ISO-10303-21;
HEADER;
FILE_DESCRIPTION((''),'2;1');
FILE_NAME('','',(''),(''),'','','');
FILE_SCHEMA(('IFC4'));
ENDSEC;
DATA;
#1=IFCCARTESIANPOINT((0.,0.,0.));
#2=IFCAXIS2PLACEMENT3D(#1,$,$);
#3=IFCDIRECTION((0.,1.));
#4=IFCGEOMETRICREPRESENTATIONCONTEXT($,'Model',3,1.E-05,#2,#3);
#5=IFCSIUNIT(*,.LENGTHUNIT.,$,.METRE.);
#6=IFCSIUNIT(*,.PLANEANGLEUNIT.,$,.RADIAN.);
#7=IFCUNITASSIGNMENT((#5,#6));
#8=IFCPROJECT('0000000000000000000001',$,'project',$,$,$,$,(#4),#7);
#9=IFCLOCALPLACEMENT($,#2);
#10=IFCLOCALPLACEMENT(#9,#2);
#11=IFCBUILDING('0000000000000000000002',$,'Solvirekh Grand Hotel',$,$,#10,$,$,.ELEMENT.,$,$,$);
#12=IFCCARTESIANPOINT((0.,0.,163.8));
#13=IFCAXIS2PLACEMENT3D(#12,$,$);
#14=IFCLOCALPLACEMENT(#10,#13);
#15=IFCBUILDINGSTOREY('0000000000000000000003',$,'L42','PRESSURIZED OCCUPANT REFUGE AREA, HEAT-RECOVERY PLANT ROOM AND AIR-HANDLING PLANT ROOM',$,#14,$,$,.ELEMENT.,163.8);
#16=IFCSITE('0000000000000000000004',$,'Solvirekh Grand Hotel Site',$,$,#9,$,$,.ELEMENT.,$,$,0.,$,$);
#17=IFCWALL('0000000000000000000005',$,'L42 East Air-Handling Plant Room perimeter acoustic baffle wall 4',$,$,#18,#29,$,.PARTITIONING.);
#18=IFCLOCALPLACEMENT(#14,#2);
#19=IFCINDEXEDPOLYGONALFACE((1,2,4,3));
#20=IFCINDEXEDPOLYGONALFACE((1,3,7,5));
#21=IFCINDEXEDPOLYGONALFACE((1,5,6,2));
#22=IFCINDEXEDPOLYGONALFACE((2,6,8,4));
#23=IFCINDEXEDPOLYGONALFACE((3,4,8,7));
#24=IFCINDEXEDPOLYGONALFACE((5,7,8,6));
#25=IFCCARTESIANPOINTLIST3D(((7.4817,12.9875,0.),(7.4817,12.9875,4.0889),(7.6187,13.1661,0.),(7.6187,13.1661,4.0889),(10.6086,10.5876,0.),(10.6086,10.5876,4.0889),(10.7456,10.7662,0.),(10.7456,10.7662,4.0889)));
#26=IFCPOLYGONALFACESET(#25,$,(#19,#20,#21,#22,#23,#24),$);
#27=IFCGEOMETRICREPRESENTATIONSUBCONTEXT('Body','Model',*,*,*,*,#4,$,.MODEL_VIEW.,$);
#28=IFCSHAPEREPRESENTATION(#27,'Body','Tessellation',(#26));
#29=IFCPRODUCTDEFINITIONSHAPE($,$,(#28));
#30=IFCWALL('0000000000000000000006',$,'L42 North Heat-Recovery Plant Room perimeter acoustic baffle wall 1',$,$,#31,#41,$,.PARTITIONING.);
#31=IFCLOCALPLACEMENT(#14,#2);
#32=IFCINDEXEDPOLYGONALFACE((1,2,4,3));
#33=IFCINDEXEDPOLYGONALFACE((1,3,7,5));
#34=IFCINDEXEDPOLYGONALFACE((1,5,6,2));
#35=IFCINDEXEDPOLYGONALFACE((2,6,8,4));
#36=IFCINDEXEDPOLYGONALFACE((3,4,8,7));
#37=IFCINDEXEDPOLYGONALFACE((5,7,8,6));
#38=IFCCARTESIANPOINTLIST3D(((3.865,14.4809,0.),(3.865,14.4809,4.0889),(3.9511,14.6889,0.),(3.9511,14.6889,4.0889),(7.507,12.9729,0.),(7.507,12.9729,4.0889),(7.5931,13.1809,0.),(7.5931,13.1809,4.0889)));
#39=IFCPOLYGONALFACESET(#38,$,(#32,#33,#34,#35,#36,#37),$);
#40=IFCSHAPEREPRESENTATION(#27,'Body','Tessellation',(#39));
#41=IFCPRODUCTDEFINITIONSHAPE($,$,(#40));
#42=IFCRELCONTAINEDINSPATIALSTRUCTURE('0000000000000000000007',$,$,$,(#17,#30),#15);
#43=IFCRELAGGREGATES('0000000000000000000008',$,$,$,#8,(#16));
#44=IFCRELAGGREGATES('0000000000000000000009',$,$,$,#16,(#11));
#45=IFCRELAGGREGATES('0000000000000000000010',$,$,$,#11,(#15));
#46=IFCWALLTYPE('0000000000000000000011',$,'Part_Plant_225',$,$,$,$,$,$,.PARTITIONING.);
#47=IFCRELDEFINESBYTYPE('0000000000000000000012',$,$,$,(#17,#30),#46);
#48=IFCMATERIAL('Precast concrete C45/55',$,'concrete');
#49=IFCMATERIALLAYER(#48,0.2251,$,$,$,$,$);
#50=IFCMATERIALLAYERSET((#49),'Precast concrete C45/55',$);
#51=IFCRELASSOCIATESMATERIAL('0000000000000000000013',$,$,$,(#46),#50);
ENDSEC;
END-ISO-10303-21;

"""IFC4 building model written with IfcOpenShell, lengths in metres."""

from ifc_helpers import new_model, si_unit, direction, frame, frame_2d, origin, place, context, subcontext, project, spatial, rectangle, extrude, material, layer, layer_set, type_object, element, save


model = new_model("IFC4")

# Units and contexts
model_context = context("Model", 3, precision=1e-05, world=origin(), true_north=direction((0.0, 1.0)))
body_context = subcontext(model_context, "Body", "Model", "MODEL_VIEW")
ifc_project = project(units=[si_unit("LENGTHUNIT", "METRE"), si_unit("PLANEANGLEUNIT", "RADIAN")], contexts=[model_context])

# Site, building, storey
site_placement = place(None, origin())
site = spatial("IfcSite", under=ifc_project, at=site_placement, Name="Solvirekh Grand Hotel Site", CompositionType="ELEMENT", RefElevation=0.0)
building_placement = place(site_placement, origin())
building = spatial("IfcBuilding", under=site, at=building_placement, Name="Solvirekh Grand Hotel", CompositionType="ELEMENT")
storey_placement = place(building_placement, frame((0.0, 0.0, 163.8)))
storey = spatial("IfcBuildingStorey", under=building, at=storey_placement, Name="L42", Description="PRESSURIZED OCCUPANT REFUGE AREA, HEAT-RECOVERY PLANT ROOM AND AIR-HANDLING PLANT ROOM", CompositionType="ELEMENT", Elevation=163.8)

# Shared definitions
ifc_material_1 = material(Name="Precast concrete C45/55", Category="concrete")

# Shared definitions
ifc_layer_1 = layer(ifc_material_1, 0.2251)
ifc_layer_set_1 = layer_set([ifc_layer_1], Name="Precast concrete C45/55")
wall_type_1 = type_object("IfcWallType", Name="Part_Plant_225", PredefinedType="PARTITIONING", material=ifc_layer_set_1)

# Walls
for number, where, z_axis, x_axis, name in (
    (1, (10.677, 10.677, 0.0), (0.0, 0.0, 1.0), (-0.793291, 0.608842, 0.0), "L42 East Air-Handling Plant Room perimeter acoustic baffle wall 4"),
):
    element("IfcWall", number, at=place(storey_placement, frame(where, z_axis=z_axis, x_axis=x_axis)), inside=storey, type_object=wall_type_1, Name=name, PredefinedType="PARTITIONING", context=body_context, shape_type="SweptSolid", body=[
        extrude(rectangle(XDim=3.9417, YDim=0.2251, at=frame_2d((1.9707, 0.0))), origin(), (0.0, 0.0, 1.0), 4.0889),
    ])
wall_1_placement = place(storey_placement, frame((7.55, 13.0769, 0.0), z_axis=(0.0, 0.0, 1.0), x_axis=(-0.923929, 0.382565, 0.0)))
element("IfcWall", 2, at=wall_1_placement, inside=storey, type_object=wall_type_1, Name="L42 North Heat-Recovery Plant Room perimeter acoustic baffle wall 1", PredefinedType="PARTITIONING", context=body_context, shape_type="SweptSolid", body=[
    extrude(rectangle(XDim=3.9419, YDim=0.2251, at=frame_2d((1.9709, 0.0))), origin(), (0.0, 0.0, 1.0), 4.0889),
])

save(model, "model.ifc")
